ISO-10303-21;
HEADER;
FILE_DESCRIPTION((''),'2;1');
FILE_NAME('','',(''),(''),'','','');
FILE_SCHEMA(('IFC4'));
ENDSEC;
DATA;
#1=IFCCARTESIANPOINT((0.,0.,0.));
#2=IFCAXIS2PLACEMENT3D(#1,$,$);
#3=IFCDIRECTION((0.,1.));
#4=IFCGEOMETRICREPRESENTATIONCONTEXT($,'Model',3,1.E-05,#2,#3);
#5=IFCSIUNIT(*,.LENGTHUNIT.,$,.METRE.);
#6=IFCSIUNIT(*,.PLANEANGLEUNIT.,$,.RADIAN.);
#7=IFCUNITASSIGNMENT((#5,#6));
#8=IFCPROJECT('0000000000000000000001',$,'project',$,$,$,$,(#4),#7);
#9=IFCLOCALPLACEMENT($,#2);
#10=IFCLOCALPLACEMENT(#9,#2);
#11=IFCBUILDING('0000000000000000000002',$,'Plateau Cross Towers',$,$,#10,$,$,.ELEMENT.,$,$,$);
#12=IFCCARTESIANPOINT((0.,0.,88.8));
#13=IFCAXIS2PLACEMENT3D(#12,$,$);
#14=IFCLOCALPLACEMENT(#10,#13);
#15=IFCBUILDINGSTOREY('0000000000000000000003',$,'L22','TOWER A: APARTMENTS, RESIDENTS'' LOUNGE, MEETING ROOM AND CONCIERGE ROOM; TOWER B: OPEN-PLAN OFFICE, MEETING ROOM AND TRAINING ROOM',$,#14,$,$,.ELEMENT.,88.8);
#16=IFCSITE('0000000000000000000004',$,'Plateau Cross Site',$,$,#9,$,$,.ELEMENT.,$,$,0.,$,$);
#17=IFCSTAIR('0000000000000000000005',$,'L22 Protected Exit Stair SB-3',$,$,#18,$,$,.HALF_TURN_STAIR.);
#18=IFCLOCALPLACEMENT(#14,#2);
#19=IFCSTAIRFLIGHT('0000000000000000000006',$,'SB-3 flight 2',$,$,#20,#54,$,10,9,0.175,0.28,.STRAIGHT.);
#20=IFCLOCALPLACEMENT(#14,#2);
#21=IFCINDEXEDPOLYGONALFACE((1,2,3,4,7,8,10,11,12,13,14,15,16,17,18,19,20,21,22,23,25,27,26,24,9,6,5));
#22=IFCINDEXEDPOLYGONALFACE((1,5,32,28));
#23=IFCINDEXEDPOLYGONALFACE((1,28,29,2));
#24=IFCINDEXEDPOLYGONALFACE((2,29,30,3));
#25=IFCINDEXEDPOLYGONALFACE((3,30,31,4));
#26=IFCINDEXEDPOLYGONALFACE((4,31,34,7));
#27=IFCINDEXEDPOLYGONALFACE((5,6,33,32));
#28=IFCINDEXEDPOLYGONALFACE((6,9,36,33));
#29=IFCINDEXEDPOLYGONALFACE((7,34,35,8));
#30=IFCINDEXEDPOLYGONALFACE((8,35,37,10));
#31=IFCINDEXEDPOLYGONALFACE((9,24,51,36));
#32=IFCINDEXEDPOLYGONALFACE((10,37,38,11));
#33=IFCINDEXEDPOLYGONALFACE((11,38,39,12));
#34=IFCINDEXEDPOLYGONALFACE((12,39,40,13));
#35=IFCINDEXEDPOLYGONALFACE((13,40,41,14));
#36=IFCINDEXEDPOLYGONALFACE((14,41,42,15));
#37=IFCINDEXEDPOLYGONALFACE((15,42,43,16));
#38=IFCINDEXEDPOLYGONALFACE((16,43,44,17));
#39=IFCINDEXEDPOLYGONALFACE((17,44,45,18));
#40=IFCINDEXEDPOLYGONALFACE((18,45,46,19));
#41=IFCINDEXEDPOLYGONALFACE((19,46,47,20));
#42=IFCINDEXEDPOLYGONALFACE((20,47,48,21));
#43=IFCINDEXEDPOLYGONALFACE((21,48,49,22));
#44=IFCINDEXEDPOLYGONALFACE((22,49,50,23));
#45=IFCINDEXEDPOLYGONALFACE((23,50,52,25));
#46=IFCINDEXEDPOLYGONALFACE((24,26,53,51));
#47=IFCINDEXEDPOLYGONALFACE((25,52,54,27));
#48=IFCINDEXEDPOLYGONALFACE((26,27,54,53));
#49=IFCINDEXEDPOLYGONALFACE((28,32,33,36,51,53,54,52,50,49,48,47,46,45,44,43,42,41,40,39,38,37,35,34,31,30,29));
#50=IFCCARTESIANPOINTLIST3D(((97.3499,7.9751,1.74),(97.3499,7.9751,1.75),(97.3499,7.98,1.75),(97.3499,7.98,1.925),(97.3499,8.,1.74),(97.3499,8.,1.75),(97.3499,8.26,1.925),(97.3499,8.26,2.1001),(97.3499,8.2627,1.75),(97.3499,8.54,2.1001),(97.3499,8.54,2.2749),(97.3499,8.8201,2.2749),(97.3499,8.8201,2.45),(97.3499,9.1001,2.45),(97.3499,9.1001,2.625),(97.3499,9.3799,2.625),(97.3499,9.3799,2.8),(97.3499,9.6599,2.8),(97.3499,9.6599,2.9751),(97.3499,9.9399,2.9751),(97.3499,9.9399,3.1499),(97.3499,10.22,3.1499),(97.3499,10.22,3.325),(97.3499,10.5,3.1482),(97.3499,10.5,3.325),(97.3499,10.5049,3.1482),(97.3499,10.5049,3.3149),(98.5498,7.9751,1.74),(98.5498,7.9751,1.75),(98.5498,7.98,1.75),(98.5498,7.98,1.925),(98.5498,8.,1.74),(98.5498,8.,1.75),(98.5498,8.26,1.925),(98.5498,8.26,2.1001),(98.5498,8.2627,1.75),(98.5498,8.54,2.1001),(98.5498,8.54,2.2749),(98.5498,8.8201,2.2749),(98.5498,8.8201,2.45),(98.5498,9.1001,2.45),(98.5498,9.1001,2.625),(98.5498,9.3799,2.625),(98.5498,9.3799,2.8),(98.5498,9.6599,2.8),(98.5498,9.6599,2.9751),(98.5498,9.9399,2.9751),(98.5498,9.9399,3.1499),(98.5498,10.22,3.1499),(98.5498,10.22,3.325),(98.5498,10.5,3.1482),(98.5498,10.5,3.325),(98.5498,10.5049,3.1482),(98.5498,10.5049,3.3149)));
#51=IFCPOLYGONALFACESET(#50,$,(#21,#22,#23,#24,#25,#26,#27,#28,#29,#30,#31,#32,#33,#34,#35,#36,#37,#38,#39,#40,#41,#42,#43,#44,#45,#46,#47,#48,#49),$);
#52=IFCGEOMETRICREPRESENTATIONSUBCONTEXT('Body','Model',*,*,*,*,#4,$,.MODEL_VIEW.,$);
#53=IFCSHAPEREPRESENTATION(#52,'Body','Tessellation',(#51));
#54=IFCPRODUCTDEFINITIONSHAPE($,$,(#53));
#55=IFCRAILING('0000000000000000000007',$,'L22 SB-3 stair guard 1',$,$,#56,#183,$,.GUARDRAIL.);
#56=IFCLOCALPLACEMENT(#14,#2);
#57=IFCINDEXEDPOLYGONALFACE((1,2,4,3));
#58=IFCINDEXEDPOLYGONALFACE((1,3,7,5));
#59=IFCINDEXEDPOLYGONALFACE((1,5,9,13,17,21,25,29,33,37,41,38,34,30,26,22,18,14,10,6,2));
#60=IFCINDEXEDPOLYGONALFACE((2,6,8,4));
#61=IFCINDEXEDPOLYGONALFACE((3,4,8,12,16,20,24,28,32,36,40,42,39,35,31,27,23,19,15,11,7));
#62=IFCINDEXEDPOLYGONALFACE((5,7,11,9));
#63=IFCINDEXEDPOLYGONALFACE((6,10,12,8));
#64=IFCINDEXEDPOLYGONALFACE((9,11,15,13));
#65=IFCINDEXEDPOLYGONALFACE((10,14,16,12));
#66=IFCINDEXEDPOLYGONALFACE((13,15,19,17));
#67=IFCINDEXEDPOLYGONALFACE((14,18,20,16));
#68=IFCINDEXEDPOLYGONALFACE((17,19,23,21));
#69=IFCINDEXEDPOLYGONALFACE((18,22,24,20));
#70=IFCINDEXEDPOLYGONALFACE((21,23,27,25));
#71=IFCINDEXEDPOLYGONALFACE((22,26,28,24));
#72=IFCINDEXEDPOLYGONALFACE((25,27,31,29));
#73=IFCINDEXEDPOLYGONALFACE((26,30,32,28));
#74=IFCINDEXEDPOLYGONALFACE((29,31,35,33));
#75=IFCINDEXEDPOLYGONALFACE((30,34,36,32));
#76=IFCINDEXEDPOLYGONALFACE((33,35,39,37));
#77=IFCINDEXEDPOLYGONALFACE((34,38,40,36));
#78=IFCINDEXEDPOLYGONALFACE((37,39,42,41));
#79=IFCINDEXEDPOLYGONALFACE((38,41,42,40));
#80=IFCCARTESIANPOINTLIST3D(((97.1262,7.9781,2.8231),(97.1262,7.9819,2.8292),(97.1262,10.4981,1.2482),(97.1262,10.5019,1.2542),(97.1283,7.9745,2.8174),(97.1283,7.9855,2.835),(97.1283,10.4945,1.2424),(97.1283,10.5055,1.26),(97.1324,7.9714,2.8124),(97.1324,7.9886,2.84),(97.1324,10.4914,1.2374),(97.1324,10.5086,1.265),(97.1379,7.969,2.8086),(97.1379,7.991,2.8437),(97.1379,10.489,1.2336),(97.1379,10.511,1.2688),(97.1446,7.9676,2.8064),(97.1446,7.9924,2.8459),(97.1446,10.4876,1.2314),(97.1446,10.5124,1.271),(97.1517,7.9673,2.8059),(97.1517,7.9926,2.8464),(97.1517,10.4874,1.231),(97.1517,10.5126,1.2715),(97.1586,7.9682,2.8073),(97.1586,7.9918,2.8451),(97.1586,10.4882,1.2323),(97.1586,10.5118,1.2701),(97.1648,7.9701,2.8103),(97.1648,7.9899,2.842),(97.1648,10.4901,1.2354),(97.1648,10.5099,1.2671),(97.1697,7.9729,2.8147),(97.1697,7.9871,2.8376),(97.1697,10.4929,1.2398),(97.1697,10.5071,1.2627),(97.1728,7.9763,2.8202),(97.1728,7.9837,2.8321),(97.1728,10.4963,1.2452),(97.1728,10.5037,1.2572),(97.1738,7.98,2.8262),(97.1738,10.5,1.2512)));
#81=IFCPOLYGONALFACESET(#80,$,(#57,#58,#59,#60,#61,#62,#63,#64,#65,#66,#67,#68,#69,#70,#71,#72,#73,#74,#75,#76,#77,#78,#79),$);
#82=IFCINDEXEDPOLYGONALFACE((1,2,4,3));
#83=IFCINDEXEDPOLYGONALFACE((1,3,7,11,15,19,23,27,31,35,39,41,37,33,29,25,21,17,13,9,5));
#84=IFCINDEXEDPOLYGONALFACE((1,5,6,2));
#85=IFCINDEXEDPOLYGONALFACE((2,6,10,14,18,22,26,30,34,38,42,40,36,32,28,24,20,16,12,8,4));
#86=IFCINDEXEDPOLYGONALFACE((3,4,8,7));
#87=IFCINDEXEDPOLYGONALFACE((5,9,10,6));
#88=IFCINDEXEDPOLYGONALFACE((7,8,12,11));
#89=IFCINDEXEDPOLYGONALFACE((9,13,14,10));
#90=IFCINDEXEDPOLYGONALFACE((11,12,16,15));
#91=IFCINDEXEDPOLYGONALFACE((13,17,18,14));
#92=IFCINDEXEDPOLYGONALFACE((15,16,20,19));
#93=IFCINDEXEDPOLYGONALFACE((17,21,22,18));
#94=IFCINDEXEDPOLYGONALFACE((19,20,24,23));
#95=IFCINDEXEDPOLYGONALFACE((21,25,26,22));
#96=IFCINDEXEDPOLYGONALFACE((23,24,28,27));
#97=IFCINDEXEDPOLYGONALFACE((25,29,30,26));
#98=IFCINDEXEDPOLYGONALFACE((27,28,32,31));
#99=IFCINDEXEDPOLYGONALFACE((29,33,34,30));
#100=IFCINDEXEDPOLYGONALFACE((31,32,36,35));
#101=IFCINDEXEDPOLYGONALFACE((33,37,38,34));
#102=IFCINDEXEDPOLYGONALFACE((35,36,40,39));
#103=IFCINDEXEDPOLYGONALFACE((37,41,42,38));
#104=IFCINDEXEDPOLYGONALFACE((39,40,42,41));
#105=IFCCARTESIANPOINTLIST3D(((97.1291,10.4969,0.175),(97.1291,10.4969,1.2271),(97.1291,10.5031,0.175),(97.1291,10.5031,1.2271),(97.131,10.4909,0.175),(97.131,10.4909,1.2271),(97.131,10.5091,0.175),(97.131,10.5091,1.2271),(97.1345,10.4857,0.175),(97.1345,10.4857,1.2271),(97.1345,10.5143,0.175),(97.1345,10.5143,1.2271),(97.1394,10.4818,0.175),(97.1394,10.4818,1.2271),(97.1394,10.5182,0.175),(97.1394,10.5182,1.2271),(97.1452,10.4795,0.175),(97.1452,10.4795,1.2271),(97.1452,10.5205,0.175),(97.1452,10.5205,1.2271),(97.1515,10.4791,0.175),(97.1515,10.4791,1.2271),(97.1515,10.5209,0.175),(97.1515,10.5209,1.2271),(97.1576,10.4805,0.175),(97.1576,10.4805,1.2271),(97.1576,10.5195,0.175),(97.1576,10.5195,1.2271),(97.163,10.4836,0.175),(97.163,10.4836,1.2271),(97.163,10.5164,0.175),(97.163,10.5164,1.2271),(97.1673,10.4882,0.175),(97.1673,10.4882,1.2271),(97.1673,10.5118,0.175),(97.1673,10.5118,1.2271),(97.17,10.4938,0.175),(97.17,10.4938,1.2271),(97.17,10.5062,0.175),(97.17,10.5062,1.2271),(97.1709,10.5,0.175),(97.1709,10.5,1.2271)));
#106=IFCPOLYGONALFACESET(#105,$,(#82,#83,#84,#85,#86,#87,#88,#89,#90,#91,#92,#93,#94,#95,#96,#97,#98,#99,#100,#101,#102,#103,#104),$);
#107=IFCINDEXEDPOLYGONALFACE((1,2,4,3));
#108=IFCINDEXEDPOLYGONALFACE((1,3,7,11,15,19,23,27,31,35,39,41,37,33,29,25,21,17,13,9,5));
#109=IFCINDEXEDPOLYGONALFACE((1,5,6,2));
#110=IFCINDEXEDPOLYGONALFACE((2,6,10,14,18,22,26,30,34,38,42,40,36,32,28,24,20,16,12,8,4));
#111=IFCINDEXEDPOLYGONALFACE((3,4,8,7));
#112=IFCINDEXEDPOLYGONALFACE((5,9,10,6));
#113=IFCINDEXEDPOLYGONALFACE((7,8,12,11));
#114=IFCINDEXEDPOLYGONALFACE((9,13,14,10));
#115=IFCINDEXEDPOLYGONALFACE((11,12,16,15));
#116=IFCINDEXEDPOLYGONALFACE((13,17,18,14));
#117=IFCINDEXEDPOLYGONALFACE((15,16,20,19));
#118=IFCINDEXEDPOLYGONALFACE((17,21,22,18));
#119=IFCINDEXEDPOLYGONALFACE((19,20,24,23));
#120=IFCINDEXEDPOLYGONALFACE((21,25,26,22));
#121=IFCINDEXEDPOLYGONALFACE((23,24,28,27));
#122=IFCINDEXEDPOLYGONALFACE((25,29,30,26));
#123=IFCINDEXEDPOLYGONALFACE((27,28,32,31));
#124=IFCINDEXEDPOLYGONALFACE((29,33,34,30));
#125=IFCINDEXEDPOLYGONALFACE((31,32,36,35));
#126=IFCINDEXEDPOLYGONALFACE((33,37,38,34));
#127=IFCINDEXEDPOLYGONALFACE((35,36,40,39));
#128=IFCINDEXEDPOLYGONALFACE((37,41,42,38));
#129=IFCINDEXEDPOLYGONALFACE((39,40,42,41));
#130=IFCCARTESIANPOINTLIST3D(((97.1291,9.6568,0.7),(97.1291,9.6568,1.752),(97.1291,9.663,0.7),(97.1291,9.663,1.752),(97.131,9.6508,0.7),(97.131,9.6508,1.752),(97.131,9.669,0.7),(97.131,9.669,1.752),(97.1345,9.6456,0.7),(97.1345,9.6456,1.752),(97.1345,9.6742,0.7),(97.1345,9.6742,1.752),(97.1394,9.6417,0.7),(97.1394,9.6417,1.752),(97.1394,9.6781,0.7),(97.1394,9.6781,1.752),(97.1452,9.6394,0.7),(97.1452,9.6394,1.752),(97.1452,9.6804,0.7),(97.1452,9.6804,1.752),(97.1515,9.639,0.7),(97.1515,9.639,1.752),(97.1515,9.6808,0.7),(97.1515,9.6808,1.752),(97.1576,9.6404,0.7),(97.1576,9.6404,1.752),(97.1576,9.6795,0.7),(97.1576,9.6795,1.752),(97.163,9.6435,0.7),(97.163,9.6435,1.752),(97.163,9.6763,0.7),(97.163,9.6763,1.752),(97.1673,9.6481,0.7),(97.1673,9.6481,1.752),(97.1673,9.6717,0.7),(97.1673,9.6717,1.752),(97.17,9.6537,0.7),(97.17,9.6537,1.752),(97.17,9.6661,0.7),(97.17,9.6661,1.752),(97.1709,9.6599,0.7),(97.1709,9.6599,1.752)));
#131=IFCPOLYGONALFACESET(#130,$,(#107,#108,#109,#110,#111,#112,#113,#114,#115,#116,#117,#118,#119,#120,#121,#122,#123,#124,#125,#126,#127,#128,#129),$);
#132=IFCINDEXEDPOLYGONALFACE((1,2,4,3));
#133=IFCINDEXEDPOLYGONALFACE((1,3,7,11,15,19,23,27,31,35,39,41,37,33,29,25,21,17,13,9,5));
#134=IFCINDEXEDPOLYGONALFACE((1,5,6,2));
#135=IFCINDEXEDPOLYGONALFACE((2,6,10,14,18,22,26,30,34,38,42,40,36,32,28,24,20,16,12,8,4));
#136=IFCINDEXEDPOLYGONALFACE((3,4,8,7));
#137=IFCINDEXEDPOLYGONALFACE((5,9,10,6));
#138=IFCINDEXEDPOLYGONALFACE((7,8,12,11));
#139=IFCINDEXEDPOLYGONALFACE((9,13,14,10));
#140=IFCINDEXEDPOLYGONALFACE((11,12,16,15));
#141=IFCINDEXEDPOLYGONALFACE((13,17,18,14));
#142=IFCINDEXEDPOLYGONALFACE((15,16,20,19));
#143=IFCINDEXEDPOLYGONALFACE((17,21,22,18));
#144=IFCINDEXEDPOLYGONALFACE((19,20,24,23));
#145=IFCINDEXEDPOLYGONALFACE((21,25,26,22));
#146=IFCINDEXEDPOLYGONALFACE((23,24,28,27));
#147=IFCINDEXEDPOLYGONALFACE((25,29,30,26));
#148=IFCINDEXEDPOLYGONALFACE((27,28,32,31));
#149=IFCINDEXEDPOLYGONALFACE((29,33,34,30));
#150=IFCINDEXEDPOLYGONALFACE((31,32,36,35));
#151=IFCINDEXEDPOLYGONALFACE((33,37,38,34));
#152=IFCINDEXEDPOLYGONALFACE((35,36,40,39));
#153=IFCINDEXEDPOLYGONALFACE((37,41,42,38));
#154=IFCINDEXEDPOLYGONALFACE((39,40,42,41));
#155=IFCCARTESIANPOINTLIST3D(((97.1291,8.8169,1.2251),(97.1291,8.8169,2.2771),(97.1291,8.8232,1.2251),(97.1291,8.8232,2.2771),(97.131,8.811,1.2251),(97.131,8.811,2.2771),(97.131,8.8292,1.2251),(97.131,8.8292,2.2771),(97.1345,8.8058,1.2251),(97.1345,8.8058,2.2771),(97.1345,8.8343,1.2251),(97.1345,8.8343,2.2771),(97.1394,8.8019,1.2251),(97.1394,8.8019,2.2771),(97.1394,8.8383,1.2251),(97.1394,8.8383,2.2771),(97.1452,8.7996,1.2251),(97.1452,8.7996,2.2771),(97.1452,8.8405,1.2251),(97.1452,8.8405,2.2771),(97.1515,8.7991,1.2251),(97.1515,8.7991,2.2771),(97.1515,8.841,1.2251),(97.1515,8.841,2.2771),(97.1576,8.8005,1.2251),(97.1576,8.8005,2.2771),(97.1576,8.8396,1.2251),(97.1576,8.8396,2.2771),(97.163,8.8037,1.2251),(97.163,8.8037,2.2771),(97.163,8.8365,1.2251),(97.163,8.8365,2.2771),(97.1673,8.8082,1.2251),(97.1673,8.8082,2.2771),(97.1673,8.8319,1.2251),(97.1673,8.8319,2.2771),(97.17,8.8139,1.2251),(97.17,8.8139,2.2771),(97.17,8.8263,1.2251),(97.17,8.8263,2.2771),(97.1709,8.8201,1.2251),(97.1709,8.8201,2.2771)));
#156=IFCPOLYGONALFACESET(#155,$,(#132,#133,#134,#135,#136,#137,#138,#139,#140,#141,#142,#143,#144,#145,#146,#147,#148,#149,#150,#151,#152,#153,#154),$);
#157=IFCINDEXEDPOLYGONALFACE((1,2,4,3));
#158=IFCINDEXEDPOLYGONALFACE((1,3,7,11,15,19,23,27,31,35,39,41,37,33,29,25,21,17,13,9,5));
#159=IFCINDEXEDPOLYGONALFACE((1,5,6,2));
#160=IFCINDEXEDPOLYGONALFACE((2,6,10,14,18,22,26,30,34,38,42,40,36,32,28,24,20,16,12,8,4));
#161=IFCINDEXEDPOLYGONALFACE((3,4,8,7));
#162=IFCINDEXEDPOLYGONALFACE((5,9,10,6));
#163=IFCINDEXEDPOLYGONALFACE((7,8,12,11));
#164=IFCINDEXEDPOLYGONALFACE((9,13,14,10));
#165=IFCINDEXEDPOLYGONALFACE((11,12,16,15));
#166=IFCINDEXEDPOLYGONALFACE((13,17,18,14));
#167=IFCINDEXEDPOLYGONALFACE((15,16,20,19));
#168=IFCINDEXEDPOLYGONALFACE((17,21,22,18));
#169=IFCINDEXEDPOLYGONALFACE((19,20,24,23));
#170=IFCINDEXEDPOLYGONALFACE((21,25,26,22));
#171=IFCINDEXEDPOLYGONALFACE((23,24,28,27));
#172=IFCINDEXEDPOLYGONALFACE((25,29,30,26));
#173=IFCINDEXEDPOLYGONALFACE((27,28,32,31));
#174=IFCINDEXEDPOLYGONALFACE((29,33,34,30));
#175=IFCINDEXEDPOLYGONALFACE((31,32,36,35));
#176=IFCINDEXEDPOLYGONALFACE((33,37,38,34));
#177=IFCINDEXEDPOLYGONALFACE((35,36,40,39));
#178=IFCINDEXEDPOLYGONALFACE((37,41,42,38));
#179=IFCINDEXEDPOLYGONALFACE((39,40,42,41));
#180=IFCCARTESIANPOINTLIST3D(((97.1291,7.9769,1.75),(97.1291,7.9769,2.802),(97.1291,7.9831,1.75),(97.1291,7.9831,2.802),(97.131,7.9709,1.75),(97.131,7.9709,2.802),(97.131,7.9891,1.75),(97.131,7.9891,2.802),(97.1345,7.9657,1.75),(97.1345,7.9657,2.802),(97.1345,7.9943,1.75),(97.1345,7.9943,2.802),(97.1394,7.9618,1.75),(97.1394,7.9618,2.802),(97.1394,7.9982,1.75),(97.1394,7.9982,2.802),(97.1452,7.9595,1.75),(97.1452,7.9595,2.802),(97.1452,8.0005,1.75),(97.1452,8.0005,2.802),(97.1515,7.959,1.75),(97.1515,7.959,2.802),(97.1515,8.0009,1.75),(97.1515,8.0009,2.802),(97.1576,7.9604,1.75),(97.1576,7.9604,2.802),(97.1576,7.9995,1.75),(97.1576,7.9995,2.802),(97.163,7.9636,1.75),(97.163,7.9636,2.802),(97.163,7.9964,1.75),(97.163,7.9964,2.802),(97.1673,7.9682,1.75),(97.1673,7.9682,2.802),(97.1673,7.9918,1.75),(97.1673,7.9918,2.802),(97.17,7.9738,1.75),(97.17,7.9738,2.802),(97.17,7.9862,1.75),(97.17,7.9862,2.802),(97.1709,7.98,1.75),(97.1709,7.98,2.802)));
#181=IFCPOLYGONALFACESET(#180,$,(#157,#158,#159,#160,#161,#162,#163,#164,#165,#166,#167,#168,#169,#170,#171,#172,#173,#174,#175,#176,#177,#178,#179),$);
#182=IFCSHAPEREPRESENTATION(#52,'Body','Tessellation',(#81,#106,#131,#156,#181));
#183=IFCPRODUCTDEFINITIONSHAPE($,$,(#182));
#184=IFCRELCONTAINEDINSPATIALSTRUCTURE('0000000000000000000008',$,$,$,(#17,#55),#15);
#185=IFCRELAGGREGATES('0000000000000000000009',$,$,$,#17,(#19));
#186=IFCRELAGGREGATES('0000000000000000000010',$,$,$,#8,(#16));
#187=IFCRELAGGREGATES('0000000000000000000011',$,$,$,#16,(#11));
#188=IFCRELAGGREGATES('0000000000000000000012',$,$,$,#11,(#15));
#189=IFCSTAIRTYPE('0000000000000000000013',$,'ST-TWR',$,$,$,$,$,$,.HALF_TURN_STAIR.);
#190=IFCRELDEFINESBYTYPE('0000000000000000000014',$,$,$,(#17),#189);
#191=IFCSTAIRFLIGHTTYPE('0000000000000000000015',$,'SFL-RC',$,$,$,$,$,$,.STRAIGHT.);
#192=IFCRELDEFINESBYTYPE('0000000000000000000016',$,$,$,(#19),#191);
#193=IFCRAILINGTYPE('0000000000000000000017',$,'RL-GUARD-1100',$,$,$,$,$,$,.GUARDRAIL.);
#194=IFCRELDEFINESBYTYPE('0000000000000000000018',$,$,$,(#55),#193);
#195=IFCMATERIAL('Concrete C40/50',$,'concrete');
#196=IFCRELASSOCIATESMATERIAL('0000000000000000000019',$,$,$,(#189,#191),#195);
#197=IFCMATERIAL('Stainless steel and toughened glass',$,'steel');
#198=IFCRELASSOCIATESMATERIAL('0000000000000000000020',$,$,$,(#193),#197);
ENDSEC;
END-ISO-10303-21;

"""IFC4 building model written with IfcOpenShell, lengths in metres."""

from ifc_helpers import new_model, si_unit, direction, frame, origin, origin_2d, place, context, subcontext, project, spatial, polyline, circle, outline, extrude, material, type_object, element, aggregate, save


model = new_model("IFC4")

# Units and contexts
model_context = context("Model", 3, precision=1e-05, world=origin(), true_north=direction((0.0, 1.0)))
body_context = subcontext(model_context, "Body", "Model", "MODEL_VIEW")
ifc_project = project(units=[si_unit("LENGTHUNIT", "METRE"), si_unit("PLANEANGLEUNIT", "RADIAN")], contexts=[model_context])

# Site, building, storey
site_placement = place(None, origin())
site = spatial("IfcSite", under=ifc_project, at=site_placement, Name="Plateau Cross Site", CompositionType="ELEMENT", RefElevation=0.0)
building_placement = place(site_placement, origin())
building = spatial("IfcBuilding", under=site, at=building_placement, Name="Plateau Cross Towers", CompositionType="ELEMENT")
storey_placement = place(building_placement, frame((0.0, 0.0, 88.8)))
storey = spatial("IfcBuildingStorey", under=building, at=storey_placement, Name="L22", Description="TOWER A: APARTMENTS, RESIDENTS' LOUNGE, MEETING ROOM AND CONCIERGE ROOM; TOWER B: OPEN-PLAN OFFICE, MEETING ROOM AND TRAINING ROOM", CompositionType="ELEMENT", Elevation=88.8)

# Stair, stair flight
ifc_material_1 = material(Name="Concrete C40/50", Category="concrete")
stair_type = type_object("IfcStairType", Name="ST-TWR", PredefinedType="HALF_TURN_STAIR", material=ifc_material_1)
stair_placement = place(storey_placement, origin())
stair = element("IfcStair", 1, at=stair_placement, inside=storey, type_object=stair_type, Name="L22 Protected Exit Stair SB-3", PredefinedType="HALF_TURN_STAIR")
stair_flight_type = type_object("IfcStairFlightType", Name="SFL-RC", PredefinedType="STRAIGHT", material=ifc_material_1)
stair_flight_1_placement = place(storey_placement, frame((97.95, 7.98, 1.75), z_axis=(0.0, 0.0, 1.0), x_axis=(0.0, 1.0, 0.0)))
stair_flight_1 = element("IfcStairFlight", 2, at=stair_flight_1_placement, type_object=stair_flight_type, Name="SB-3 flight 2", NumberOfRisers=10, NumberOfTreads=9, PredefinedType="STRAIGHT", RiserHeight=0.175, TreadLength=0.28, context=body_context, shape_type="SweptSolid", body=[
    extrude(outline(polyline([(-0.0049, -0.01), (-0.0049, 0.0), (0.0, 0.0), (0.0, 0.175), (0.28, 0.175), (0.28, 0.3501), (0.5601, 0.3501), (0.5601, 0.5249), (0.8401, 0.5249), (0.8401, 0.7), (1.1201, 0.7), (1.1201, 0.875), (1.3999, 0.875), (1.3999, 1.05), (1.6799, 1.05), (1.6799, 1.2251), (1.96, 1.2251), (1.96, 1.3999), (2.24, 1.3999), (2.24, 1.575), (2.52, 1.575), (2.5249, 1.5649), (2.5249, 1.3982), (2.52, 1.3982), (0.2827, 0.0), (0.02, 0.0), (0.02, -0.01), (-0.0049, -0.01)])), frame((0.0, 0.6001, 0.0), z_axis=(0.0, -1.0, 0.0), x_axis=(1.0, 0.0, 0.0)), (0.0, 0.0, 1.0), 1.2),
])
aggregate(stair, [stair_flight_1])

# Railing
ifc_material_2 = material(Name="Stainless steel and toughened glass", Category="steel")
railing_type_1 = type_object("IfcRailingType", Name="RL-GUARD-1100", PredefinedType="GUARDRAIL", material=ifc_material_2)
railing_1_placement = place(storey_placement, frame((97.1499, 10.5, 0.175)))
element("IfcRailing", 3, at=railing_1_placement, inside=storey, type_object=railing_type_1, Name="L22 SB-3 stair guard 1", PredefinedType="GUARDRAIL", context=body_context, shape_type="SweptSolid", body=[
    extrude(circle(Radius=0.0239, at=origin_2d()), frame((0.0, 0.0, 1.0762), z_axis=(0.0, -0.848008, 0.529984), x_axis=(1.0, 0.0, 0.0)), (0.0, 0.0, 1.0), 2.9717),
    extrude(circle(Radius=0.021, at=origin_2d()), origin(), (0.0, 0.0, 1.0), 1.052),
    extrude(circle(Radius=0.021, at=origin_2d()), frame((0.0, -0.8401, 0.5249)), (0.0, 0.0, 1.0), 1.052),
    extrude(circle(Radius=0.021, at=origin_2d()), frame((0.0, -1.6799, 1.05)), (0.0, 0.0, 1.0), 1.052),
    extrude(circle(Radius=0.021, at=origin_2d()), frame((0.0, -2.52, 1.575)), (0.0, 0.0, 1.0), 1.052),
])

save(model, "model.ifc")
